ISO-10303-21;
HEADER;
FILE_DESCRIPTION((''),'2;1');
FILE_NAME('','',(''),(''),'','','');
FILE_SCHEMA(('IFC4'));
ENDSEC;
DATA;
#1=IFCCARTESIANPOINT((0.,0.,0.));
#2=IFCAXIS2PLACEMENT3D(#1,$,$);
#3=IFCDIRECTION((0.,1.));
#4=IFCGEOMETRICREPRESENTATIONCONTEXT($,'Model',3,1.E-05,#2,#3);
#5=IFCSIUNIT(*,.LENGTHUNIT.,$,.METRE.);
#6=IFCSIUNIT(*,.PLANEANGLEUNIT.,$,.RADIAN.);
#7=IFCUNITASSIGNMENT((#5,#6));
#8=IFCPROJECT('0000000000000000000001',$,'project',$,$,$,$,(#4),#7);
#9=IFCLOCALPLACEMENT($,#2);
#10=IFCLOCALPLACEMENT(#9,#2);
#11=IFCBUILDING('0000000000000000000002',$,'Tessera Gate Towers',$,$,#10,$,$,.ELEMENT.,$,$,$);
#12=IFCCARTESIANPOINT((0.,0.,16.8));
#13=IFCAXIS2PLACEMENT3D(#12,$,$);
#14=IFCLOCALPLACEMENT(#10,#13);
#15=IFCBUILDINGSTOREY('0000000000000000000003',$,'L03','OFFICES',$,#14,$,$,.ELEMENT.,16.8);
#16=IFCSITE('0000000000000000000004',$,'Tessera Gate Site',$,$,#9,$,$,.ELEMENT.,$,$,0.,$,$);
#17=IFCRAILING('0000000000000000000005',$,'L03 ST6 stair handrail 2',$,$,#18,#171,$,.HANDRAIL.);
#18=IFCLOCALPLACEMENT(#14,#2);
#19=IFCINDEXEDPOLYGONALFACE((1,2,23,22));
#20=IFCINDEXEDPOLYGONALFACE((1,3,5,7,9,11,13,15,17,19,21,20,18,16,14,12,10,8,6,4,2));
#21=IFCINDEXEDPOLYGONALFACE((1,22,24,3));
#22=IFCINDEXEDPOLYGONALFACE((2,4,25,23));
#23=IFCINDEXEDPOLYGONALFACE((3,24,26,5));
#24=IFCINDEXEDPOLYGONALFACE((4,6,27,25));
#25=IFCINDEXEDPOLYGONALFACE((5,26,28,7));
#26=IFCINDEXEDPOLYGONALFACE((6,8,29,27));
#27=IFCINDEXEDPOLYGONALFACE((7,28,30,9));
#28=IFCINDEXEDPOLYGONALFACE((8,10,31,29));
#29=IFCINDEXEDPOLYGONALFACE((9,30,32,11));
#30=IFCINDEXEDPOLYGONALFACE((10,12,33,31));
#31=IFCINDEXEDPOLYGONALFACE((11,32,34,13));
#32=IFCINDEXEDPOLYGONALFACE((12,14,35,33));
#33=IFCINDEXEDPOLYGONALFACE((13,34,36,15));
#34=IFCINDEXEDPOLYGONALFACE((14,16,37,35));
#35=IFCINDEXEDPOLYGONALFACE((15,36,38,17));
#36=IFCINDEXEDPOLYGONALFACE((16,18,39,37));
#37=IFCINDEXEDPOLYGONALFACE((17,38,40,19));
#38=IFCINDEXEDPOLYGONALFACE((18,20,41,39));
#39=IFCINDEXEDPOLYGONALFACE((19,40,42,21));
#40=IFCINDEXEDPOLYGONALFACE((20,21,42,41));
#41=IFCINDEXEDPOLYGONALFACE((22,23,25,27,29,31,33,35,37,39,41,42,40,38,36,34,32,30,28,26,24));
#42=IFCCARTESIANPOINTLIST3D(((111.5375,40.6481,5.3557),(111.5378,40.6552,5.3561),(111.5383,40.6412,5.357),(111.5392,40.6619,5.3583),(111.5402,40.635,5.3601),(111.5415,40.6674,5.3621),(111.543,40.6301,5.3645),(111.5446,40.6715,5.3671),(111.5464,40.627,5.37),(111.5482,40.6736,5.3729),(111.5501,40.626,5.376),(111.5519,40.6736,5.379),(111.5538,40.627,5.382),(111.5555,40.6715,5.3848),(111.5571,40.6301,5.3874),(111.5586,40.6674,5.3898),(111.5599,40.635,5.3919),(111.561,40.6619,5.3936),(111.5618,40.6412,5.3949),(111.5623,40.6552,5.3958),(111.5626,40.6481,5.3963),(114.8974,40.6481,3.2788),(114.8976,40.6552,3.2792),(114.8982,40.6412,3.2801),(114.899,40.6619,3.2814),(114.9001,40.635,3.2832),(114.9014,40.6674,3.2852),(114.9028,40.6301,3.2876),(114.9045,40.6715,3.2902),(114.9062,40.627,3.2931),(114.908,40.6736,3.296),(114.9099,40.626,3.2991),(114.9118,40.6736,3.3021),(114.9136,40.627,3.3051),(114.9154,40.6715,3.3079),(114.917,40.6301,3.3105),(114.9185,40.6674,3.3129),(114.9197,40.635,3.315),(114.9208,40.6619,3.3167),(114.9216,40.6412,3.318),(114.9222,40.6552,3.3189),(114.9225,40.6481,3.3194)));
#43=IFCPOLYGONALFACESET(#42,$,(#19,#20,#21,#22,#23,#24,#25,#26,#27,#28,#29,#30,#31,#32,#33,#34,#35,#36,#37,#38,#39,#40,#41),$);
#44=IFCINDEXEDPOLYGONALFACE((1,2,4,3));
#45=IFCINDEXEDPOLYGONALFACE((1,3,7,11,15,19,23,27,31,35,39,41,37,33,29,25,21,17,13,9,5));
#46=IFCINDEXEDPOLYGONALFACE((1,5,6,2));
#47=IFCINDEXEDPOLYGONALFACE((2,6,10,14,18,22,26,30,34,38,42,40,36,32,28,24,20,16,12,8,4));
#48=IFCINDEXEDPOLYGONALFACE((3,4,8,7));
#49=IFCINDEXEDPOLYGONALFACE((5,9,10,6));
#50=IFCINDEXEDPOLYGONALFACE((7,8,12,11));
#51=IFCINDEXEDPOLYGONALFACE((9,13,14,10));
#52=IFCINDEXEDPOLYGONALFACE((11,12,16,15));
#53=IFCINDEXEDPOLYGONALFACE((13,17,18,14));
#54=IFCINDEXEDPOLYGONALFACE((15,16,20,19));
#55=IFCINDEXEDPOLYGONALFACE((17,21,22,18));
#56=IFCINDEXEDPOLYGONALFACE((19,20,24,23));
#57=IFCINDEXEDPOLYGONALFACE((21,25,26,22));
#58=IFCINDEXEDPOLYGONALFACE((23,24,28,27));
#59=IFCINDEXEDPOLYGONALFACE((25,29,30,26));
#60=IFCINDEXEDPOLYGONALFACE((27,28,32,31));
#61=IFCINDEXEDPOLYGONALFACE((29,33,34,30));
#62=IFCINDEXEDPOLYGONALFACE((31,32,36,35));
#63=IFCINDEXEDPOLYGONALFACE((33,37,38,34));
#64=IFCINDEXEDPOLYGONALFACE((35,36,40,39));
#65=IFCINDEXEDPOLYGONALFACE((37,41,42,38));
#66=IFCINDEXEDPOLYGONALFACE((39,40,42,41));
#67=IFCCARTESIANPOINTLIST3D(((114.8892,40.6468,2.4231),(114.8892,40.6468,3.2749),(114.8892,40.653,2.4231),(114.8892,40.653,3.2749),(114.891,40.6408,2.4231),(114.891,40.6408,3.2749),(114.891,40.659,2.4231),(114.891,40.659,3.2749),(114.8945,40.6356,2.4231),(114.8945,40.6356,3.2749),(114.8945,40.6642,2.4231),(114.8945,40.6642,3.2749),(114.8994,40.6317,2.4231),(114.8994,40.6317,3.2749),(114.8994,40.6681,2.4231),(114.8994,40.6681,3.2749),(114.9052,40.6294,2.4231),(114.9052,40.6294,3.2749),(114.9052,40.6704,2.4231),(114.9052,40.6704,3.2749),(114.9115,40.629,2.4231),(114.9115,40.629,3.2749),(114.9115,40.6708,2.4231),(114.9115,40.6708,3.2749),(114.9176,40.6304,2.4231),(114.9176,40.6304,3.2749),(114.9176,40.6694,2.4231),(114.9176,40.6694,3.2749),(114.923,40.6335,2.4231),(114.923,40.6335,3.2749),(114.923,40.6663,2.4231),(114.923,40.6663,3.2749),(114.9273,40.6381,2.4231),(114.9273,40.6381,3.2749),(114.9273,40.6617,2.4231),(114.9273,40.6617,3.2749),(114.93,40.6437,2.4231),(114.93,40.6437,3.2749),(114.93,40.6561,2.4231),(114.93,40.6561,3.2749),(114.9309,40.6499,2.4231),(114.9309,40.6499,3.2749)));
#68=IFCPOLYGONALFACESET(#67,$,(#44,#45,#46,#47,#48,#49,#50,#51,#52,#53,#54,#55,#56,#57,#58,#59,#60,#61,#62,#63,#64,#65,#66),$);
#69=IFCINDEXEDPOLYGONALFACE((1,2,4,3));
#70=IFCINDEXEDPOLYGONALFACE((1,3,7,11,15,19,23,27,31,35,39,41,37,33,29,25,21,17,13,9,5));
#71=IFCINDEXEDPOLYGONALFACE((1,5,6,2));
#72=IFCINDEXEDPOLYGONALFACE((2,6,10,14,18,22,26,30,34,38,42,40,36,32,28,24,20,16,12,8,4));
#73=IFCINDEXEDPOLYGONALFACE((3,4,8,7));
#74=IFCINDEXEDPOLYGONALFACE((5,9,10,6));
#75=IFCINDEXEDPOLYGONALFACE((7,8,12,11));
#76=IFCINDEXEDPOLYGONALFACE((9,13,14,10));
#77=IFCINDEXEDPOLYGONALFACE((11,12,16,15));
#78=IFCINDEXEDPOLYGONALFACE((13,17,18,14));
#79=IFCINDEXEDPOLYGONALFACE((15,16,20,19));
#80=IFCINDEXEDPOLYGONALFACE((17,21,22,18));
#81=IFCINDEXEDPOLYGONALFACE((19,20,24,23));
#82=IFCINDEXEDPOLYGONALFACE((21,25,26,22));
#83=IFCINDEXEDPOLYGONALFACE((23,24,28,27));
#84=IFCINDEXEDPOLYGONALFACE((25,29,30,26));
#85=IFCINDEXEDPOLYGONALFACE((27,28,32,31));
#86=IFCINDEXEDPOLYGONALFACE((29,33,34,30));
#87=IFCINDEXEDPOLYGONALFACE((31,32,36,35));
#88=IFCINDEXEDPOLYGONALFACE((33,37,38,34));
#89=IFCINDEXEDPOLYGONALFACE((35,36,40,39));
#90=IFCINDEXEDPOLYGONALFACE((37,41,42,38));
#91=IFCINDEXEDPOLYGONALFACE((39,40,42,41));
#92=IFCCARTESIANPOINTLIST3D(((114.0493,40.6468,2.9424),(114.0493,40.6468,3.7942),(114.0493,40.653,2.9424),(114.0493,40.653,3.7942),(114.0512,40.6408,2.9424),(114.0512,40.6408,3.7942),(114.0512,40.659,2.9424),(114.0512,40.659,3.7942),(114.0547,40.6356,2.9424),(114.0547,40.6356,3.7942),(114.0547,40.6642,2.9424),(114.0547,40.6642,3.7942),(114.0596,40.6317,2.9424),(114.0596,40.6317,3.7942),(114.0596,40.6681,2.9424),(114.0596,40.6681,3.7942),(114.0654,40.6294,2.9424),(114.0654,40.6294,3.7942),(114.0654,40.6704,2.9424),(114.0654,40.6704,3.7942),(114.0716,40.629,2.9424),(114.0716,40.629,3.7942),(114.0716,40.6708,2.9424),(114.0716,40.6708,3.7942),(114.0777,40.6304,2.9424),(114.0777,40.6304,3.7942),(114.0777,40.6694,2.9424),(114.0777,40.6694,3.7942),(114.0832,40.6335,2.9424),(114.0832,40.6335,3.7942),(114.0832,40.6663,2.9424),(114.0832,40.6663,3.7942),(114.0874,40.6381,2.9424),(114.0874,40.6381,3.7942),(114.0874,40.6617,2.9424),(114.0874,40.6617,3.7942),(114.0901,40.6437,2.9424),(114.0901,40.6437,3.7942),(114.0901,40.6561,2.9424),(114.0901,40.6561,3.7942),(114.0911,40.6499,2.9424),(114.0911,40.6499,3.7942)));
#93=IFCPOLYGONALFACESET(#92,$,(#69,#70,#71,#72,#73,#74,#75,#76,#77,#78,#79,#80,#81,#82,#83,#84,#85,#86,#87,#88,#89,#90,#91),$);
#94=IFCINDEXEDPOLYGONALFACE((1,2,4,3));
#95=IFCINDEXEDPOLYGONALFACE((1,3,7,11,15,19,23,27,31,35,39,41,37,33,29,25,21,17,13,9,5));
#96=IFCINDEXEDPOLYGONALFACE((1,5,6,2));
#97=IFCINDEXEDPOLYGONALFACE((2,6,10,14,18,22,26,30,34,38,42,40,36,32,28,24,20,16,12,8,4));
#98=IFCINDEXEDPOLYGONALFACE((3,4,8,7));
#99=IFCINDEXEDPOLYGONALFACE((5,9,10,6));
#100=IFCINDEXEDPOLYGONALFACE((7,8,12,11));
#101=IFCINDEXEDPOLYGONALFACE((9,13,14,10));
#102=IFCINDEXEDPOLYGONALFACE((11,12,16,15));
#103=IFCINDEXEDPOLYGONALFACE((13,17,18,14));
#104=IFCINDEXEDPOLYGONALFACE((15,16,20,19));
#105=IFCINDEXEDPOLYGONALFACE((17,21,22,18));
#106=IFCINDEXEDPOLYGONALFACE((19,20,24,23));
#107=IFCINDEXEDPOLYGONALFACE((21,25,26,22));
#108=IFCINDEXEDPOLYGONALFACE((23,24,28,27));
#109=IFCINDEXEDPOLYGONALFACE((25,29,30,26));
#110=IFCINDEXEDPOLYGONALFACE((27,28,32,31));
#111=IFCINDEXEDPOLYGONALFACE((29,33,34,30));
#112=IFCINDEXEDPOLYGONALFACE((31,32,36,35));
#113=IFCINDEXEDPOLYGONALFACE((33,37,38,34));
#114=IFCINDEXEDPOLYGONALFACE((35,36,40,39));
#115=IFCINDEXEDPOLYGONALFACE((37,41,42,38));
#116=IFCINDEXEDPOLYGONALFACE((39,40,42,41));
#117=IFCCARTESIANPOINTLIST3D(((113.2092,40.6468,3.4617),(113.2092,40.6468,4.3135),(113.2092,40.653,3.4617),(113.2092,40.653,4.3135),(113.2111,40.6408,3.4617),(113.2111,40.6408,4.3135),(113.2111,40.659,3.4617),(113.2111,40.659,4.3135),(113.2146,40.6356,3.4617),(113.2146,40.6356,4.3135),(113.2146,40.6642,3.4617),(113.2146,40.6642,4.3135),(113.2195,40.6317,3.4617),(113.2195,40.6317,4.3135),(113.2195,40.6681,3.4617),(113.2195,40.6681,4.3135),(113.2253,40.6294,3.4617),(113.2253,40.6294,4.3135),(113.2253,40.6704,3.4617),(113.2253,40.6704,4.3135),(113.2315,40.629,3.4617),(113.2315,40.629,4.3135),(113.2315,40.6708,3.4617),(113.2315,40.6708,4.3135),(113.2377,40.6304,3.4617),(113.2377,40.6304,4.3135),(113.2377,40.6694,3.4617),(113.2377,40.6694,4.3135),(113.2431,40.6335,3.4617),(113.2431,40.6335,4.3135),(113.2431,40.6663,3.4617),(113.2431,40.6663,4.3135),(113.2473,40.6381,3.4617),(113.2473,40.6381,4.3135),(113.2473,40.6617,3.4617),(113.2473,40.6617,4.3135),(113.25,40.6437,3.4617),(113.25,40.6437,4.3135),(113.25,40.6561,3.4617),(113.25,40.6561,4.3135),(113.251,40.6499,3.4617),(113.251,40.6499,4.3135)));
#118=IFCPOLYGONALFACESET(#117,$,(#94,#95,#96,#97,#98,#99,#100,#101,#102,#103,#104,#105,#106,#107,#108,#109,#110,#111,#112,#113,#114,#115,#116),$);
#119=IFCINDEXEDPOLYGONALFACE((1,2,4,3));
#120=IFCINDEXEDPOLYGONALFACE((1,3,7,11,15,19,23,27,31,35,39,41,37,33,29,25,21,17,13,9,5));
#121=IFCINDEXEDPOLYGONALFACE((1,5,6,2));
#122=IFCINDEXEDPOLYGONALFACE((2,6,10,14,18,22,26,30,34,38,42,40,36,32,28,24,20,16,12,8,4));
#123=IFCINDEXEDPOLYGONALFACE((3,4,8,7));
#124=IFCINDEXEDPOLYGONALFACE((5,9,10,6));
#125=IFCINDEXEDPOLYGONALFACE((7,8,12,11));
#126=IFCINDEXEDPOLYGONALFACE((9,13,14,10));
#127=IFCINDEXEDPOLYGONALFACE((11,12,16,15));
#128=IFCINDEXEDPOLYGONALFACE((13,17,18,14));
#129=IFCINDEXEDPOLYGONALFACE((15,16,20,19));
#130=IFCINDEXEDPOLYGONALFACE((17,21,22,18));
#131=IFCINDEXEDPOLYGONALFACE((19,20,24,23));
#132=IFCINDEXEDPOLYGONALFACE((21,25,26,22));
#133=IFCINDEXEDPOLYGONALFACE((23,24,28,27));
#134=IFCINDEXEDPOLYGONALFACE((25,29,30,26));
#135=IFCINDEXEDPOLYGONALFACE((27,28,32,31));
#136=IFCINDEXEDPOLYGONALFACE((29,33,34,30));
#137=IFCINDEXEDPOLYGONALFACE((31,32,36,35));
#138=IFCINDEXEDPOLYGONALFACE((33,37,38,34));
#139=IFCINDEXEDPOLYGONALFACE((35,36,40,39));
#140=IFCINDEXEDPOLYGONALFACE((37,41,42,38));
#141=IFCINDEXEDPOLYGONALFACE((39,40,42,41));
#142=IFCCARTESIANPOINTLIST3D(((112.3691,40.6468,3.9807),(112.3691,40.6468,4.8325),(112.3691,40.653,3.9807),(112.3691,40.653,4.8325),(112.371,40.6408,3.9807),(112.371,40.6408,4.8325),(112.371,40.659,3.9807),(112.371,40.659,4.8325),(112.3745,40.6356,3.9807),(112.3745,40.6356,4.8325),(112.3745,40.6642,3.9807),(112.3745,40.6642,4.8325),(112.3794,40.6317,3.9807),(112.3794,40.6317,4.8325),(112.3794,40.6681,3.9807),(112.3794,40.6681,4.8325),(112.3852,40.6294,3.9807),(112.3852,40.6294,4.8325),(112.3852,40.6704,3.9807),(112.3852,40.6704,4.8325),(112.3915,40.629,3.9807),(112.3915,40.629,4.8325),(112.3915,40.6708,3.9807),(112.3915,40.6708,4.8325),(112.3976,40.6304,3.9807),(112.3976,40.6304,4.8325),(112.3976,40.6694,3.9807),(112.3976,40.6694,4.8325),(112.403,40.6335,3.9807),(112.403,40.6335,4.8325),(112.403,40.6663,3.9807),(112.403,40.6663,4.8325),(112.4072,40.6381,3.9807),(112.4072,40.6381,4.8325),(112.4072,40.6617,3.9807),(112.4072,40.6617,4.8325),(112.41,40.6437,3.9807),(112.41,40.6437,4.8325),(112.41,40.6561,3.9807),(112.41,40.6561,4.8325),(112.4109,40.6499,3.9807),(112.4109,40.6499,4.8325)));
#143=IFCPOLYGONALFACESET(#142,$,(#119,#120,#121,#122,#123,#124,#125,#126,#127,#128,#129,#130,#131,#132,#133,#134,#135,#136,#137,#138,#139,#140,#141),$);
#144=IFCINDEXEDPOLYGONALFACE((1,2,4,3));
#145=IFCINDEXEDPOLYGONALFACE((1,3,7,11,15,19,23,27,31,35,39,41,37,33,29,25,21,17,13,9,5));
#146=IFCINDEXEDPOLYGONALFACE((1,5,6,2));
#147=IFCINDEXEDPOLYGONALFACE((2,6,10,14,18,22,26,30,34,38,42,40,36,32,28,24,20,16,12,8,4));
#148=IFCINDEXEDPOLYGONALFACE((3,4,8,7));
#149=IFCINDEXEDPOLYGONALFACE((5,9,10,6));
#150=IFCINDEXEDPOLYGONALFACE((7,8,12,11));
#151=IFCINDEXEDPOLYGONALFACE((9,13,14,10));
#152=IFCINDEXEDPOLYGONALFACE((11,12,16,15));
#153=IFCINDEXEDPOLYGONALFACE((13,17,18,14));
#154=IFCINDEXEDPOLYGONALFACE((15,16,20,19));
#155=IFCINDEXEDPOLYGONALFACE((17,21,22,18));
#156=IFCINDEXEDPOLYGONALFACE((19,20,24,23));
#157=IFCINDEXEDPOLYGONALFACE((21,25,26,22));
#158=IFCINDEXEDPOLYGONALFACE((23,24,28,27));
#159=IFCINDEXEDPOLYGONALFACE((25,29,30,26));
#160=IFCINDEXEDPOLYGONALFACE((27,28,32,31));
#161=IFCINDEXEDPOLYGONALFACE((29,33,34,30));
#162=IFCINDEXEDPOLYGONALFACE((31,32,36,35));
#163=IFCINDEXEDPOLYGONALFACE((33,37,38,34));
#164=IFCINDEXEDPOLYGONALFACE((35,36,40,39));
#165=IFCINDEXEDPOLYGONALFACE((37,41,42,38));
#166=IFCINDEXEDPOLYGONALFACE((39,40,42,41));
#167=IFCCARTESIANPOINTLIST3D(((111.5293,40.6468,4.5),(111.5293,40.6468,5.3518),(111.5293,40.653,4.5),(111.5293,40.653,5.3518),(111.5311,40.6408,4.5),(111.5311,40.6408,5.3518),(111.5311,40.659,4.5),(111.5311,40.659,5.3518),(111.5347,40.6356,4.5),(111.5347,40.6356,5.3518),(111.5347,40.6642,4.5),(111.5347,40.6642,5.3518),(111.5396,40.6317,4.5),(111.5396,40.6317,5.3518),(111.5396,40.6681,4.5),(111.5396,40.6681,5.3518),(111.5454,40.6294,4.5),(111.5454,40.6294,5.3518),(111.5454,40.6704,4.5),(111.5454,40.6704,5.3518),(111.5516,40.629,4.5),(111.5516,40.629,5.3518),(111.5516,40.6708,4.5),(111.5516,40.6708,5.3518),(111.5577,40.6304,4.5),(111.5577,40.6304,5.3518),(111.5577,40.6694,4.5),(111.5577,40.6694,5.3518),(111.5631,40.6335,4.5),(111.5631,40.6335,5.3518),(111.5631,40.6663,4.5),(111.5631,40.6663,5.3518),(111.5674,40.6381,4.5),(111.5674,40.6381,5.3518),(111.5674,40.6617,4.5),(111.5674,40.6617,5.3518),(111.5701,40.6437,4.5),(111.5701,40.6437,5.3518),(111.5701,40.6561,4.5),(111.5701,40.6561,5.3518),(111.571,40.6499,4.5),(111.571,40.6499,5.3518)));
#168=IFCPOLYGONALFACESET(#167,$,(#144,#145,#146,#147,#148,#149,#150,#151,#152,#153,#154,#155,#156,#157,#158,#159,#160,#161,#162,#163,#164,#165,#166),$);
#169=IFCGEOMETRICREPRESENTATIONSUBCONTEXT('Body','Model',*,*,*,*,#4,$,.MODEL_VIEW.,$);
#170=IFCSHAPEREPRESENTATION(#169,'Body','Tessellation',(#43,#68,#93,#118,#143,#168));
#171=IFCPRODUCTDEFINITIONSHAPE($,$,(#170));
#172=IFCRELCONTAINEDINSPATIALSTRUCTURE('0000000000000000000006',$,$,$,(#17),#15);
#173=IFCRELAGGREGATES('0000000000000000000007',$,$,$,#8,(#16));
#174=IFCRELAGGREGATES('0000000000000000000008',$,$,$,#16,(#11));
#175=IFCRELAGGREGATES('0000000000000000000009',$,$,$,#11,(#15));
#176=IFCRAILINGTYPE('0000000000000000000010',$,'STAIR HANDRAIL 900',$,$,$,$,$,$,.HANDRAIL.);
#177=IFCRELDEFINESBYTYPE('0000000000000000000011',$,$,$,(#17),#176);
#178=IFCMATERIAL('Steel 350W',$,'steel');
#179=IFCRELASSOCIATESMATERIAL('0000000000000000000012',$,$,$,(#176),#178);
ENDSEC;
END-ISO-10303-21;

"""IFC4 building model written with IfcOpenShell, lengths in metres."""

from ifc_helpers import new_model, si_unit, direction, frame, origin, origin_2d, place, context, subcontext, project, spatial, circle, extrude, material, type_object, element, save


model = new_model("IFC4")

# Units and contexts
model_context = context("Model", 3, precision=1e-05, world=origin(), true_north=direction((0.0, 1.0)))
body_context = subcontext(model_context, "Body", "Model", "MODEL_VIEW")
ifc_project = project(units=[si_unit("LENGTHUNIT", "METRE"), si_unit("PLANEANGLEUNIT", "RADIAN")], contexts=[model_context])

# Site, building, storey
site_placement = place(None, origin())
site = spatial("IfcSite", under=ifc_project, at=site_placement, Name="Tessera Gate Site", CompositionType="ELEMENT", RefElevation=0.0)
building_placement = place(site_placement, origin())
building = spatial("IfcBuilding", under=site, at=building_placement, Name="Tessera Gate Towers", CompositionType="ELEMENT")
storey_placement = place(building_placement, frame((0.0, 0.0, 16.8)))
storey = spatial("IfcBuildingStorey", under=building, at=storey_placement, Name="L03", Description="OFFICES", CompositionType="ELEMENT", Elevation=16.8)

# Railing
ifc_material_1 = material(Name="Steel 350W", Category="steel")
railing_type_1 = type_object("IfcRailingType", Name="STAIR HANDRAIL 900", PredefinedType="HANDRAIL", material=ifc_material_1)
railing_1_placement = place(storey_placement, frame((114.9099, 40.6499, 2.4231)))
element("IfcRailing", 1, at=railing_1_placement, inside=storey, type_object=railing_type_1, Name="L03 ST6 stair handrail 2", PredefinedType="HANDRAIL", context=body_context, shape_type="SweptSolid", body=[
    extrude(circle(Radius=0.0239, at=origin_2d()), frame((0.0, 0.0, 0.876), z_axis=(-0.850606, 0.0, 0.525803), x_axis=(0.0, -1.0, 0.0)), (0.0, 0.0, 1.0), 3.95),
    extrude(circle(Radius=0.021, at=origin_2d()), origin(), (0.0, 0.0, 1.0), 0.8518),
    extrude(circle(Radius=0.021, at=origin_2d()), frame((-0.8398, 0.0, 0.5193)), (0.0, 0.0, 1.0), 0.8518),
    extrude(circle(Radius=0.021, at=origin_2d()), frame((-1.6799, 0.0, 1.0386)), (0.0, 0.0, 1.0), 0.8518),
    extrude(circle(Radius=0.021, at=origin_2d()), frame((-2.52, 0.0, 1.5576)), (0.0, 0.0, 1.0), 0.8518),
    extrude(circle(Radius=0.021, at=origin_2d()), frame((-3.3599, 0.0, 2.0769)), (0.0, 0.0, 1.0), 0.8518),
])

save(model, "model.ifc")
